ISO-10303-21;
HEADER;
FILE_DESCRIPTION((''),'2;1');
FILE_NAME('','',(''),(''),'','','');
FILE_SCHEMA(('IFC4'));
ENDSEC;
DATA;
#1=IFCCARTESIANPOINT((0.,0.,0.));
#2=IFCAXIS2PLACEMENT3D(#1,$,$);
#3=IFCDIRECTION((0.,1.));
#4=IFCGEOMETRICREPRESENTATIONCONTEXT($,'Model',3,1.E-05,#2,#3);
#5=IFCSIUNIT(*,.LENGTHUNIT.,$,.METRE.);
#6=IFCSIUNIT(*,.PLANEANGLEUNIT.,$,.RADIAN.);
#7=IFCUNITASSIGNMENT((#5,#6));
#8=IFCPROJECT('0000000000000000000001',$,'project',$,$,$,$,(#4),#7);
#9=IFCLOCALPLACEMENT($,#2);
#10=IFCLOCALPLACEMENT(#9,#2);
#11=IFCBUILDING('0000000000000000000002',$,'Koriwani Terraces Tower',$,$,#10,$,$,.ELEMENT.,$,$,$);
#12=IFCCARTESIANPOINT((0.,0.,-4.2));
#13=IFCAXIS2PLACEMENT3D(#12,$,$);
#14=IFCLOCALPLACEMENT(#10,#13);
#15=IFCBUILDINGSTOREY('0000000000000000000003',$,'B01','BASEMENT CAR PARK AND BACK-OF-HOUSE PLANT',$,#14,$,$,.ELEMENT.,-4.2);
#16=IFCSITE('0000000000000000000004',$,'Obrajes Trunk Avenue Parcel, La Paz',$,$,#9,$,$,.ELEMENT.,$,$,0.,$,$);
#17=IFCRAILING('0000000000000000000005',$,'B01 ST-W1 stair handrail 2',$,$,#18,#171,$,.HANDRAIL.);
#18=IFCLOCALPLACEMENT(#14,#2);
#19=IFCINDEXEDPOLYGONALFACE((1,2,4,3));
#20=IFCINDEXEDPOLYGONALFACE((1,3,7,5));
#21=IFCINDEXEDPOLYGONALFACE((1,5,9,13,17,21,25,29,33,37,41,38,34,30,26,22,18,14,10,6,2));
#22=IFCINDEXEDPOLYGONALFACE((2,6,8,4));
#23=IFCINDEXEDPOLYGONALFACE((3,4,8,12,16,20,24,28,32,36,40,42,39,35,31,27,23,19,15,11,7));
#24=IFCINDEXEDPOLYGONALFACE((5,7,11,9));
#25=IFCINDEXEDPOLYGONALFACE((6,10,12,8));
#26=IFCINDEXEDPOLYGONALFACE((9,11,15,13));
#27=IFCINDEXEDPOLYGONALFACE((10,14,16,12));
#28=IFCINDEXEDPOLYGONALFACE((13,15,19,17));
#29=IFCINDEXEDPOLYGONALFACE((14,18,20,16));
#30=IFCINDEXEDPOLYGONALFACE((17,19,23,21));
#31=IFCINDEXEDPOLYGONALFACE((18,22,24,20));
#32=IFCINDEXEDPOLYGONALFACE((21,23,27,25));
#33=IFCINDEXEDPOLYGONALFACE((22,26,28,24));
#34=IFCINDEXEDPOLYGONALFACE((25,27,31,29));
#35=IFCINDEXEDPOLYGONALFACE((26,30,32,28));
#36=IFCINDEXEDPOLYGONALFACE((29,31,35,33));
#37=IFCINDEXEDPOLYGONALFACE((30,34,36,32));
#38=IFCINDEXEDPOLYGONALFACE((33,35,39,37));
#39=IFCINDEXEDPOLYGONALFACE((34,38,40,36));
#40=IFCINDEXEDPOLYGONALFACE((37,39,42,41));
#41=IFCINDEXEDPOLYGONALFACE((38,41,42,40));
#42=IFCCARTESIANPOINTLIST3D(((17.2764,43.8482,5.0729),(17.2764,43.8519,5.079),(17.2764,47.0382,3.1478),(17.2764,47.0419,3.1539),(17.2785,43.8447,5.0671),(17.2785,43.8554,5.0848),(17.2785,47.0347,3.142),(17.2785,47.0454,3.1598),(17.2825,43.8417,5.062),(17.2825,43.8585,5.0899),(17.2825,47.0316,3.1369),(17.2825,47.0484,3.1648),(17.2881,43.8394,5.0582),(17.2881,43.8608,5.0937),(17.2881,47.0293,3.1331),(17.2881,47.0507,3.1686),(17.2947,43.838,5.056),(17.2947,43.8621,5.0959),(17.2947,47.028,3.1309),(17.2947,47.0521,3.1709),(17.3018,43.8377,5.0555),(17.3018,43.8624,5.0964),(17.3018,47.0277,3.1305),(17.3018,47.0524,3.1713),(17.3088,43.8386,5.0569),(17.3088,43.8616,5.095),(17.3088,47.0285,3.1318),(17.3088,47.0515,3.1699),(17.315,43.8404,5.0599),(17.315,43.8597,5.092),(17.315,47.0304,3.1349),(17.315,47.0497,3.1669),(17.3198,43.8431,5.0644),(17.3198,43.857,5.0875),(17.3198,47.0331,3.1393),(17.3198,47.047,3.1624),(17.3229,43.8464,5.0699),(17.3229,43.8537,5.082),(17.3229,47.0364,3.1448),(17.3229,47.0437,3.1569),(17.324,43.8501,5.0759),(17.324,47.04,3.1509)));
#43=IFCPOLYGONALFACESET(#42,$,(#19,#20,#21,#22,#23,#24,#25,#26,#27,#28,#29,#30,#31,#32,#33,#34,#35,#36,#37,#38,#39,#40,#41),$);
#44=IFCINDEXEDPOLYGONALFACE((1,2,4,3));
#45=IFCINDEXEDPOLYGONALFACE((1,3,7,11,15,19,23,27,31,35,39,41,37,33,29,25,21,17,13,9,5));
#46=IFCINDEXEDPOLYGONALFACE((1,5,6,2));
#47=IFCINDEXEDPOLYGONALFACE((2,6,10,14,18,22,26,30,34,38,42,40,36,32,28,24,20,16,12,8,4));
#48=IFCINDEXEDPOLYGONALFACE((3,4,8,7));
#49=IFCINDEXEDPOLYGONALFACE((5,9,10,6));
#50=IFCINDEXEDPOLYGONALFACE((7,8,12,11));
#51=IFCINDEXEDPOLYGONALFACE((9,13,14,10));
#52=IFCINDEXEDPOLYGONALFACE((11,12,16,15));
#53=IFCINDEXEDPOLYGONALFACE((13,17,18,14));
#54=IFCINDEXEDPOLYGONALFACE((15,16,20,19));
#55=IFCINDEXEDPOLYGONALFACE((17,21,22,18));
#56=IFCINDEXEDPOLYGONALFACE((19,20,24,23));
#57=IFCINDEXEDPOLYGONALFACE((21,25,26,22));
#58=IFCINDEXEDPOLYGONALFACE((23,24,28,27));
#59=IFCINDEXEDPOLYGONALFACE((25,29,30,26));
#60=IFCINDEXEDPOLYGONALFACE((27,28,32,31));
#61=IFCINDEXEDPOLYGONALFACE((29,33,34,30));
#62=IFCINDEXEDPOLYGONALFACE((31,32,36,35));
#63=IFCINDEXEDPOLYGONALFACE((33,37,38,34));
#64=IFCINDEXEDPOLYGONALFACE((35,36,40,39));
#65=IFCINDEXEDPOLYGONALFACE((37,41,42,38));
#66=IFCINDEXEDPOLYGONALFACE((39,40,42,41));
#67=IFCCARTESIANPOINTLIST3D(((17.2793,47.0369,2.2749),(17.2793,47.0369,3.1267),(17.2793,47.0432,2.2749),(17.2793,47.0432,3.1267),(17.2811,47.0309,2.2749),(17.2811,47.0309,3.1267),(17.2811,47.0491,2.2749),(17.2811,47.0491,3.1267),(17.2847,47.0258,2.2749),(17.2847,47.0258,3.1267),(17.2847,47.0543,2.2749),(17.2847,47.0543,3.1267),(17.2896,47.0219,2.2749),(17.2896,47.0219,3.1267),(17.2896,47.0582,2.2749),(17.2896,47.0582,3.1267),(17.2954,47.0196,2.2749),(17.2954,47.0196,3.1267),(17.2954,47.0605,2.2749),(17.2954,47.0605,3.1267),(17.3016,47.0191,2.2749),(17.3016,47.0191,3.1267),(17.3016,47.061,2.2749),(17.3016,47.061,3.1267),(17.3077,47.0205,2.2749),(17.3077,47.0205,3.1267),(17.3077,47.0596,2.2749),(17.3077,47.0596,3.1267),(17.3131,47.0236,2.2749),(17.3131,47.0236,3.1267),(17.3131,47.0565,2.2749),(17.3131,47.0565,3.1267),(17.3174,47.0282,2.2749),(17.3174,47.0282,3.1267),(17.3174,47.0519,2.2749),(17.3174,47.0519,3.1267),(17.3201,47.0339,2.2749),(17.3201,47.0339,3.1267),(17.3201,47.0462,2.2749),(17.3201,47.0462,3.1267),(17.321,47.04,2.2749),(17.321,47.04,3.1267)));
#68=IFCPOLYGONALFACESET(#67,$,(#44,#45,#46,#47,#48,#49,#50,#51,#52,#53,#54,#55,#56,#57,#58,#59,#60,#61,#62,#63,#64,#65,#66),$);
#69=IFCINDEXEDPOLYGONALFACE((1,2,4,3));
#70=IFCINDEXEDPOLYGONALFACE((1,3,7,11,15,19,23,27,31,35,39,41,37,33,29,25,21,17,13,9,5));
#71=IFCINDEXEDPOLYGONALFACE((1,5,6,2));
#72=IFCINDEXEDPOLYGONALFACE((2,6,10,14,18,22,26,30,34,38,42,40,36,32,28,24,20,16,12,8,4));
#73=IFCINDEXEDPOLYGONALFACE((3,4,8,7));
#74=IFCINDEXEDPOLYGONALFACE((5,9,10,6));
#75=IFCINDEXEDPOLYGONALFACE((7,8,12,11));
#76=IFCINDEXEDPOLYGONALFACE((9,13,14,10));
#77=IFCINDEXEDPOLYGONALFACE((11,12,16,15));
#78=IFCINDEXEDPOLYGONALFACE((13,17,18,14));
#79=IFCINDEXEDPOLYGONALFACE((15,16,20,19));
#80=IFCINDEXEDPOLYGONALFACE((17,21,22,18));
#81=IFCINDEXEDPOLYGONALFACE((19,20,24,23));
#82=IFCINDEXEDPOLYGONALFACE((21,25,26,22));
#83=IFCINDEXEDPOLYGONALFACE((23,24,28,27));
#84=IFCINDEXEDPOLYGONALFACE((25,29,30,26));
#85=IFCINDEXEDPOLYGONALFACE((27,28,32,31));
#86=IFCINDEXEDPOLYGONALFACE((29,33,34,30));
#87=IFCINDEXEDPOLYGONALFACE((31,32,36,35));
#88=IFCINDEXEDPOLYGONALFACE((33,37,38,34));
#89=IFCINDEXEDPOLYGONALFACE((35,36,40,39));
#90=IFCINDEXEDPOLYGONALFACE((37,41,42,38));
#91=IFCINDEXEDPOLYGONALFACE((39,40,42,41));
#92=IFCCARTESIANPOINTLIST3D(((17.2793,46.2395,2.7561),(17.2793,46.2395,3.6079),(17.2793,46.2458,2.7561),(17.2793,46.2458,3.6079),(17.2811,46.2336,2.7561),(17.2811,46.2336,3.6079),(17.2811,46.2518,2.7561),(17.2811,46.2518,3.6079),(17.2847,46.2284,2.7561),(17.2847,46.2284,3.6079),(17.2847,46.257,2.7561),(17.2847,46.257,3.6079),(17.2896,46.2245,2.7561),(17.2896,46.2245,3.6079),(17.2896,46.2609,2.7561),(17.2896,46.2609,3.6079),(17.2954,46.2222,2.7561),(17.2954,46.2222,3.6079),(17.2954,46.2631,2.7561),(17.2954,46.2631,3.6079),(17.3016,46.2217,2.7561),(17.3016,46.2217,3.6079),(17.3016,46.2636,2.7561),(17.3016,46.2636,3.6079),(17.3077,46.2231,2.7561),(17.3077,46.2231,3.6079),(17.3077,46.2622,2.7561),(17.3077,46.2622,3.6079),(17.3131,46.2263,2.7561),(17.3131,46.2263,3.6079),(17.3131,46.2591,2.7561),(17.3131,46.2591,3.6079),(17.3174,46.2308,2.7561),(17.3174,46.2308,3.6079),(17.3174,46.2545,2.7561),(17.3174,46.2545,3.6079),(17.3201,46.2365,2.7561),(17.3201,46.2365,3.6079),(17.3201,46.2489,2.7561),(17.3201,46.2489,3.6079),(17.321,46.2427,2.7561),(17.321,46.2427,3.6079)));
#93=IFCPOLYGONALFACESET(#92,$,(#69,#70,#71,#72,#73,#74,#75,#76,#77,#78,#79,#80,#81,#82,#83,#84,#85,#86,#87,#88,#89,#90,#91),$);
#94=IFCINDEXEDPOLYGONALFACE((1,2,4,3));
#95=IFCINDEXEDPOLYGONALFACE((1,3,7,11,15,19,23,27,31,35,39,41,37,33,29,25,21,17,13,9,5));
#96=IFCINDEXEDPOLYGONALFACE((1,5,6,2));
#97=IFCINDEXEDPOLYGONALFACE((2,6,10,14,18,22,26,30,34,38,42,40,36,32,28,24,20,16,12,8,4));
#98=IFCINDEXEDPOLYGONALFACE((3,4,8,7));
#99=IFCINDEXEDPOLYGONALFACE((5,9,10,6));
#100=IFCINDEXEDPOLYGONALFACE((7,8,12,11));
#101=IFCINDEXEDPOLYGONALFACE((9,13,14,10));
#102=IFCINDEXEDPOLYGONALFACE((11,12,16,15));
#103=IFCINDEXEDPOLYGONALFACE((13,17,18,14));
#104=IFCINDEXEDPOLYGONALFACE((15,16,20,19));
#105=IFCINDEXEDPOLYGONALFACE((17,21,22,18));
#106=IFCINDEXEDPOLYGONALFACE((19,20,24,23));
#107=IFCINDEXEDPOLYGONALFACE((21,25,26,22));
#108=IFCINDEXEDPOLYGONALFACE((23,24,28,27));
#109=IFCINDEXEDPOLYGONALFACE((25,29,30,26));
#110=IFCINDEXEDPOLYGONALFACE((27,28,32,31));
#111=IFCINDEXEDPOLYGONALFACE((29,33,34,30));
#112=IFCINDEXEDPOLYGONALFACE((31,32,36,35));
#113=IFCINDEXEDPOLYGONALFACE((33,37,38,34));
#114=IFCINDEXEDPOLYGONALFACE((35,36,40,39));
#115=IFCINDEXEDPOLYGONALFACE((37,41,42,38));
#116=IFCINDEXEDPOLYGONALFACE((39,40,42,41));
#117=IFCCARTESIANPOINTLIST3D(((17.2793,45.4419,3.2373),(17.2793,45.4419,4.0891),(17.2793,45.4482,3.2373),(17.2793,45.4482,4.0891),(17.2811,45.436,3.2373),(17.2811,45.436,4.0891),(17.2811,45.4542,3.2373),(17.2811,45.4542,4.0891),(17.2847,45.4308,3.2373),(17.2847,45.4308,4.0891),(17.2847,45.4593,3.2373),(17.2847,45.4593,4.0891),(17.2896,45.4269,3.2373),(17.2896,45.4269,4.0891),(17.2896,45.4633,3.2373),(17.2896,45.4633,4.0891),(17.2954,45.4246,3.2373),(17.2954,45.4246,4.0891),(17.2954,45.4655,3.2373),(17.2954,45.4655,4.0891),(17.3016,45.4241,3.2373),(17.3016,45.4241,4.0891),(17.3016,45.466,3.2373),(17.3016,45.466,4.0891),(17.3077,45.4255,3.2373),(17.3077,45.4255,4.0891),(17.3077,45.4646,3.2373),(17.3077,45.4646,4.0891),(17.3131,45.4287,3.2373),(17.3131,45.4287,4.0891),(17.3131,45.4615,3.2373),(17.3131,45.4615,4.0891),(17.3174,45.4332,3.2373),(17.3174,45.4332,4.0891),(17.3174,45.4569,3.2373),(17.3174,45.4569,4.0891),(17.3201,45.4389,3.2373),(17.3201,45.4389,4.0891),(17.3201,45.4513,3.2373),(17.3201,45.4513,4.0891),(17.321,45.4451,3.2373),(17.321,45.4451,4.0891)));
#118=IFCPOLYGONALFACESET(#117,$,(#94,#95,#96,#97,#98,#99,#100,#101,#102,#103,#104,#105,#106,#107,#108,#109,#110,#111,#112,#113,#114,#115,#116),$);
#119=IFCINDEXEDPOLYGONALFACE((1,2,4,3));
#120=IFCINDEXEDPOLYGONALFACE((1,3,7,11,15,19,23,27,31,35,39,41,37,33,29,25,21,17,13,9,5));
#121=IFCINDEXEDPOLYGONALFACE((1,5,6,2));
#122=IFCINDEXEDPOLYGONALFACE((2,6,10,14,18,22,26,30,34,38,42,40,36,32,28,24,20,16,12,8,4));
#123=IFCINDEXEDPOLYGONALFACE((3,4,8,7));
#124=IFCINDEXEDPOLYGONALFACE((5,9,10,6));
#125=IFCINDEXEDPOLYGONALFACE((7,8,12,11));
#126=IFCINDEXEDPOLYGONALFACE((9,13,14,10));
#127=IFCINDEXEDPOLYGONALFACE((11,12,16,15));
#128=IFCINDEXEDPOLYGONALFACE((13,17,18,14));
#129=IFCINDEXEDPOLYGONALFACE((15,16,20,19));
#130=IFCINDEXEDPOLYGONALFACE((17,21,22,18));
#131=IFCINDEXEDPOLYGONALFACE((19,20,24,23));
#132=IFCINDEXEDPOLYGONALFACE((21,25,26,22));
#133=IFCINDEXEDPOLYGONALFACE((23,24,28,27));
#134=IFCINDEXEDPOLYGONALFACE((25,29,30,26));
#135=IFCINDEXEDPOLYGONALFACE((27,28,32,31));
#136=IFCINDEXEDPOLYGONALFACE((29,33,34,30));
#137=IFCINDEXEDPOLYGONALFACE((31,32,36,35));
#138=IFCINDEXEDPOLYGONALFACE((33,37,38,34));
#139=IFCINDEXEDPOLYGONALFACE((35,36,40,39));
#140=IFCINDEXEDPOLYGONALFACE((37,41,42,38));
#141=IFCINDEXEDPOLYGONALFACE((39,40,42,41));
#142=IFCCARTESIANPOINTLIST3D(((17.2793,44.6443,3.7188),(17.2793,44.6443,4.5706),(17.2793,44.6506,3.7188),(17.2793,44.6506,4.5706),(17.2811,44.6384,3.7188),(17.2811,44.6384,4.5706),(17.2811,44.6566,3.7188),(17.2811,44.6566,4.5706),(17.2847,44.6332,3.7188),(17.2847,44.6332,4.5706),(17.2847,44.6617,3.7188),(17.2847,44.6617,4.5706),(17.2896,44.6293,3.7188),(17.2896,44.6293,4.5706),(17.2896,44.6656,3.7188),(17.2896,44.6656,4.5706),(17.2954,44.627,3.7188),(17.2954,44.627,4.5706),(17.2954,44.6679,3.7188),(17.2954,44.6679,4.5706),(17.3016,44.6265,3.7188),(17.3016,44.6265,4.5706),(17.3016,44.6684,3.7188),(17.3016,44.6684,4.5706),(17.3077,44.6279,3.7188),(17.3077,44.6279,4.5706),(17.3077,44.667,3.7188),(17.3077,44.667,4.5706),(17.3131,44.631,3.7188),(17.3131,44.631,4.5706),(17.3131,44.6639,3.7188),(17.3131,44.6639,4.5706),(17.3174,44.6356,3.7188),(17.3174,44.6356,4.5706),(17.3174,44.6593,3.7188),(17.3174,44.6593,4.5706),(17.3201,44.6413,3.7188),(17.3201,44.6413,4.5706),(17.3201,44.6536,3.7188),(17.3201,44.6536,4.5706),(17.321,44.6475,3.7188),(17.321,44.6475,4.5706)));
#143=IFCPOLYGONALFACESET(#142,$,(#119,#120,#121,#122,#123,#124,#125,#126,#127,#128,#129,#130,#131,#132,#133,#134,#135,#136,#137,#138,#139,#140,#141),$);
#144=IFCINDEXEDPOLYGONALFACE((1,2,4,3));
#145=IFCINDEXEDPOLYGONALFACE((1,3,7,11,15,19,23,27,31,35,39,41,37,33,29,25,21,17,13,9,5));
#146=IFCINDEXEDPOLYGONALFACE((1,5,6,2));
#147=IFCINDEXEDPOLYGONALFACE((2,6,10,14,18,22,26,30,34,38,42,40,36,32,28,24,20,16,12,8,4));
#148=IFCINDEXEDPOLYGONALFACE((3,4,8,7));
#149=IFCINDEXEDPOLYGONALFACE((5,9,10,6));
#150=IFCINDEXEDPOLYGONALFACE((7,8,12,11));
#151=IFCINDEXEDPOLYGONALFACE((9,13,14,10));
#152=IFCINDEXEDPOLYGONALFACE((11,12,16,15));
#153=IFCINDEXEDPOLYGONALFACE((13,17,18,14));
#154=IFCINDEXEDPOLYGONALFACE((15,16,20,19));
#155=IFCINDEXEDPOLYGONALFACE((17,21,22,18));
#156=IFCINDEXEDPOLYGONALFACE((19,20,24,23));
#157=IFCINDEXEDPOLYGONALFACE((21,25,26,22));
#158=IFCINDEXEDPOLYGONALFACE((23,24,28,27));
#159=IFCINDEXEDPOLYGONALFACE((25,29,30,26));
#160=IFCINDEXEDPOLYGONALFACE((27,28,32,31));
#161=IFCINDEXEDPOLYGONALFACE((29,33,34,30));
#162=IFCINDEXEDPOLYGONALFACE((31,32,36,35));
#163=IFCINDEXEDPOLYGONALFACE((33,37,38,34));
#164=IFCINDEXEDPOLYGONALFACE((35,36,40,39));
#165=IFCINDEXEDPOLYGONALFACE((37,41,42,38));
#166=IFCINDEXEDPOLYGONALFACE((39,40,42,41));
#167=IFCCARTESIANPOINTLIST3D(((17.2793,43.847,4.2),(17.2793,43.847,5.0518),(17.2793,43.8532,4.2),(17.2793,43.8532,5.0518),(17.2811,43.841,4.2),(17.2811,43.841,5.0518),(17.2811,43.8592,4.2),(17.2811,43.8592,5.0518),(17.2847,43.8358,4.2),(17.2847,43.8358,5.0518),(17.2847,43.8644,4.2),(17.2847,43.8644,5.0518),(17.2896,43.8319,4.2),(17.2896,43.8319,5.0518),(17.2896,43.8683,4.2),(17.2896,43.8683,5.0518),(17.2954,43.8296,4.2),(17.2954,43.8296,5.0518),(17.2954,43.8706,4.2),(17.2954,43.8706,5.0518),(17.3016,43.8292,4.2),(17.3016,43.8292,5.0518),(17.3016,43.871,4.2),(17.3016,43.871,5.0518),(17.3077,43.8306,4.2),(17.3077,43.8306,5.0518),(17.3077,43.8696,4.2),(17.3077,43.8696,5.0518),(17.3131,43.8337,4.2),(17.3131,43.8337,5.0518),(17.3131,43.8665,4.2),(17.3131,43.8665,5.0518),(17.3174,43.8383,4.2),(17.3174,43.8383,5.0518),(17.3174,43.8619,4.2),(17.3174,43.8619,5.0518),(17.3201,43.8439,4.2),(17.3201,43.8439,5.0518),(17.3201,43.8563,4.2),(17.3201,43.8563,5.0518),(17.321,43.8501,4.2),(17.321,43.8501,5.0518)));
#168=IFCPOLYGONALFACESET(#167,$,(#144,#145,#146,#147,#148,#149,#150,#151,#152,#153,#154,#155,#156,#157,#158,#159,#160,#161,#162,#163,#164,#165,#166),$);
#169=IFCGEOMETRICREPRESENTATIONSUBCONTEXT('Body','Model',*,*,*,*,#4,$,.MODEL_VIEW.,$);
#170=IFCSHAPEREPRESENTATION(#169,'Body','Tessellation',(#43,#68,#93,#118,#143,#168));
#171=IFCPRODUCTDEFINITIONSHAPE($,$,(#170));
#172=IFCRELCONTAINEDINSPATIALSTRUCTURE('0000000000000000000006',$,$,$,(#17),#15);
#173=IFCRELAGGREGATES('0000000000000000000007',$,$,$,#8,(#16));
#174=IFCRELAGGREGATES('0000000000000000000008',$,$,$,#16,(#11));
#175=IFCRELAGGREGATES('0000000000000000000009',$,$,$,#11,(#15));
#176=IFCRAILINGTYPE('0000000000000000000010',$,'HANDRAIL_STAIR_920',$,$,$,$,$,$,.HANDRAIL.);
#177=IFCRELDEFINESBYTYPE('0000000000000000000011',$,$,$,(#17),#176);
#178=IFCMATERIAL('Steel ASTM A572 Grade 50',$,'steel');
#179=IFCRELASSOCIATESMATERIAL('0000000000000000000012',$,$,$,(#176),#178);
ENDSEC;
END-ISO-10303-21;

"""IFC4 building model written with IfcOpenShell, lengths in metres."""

from ifc_helpers import new_model, si_unit, direction, frame, origin, origin_2d, place, context, subcontext, project, spatial, circle, extrude, material, type_object, element, save


model = new_model("IFC4")

# Units and contexts
model_context = context("Model", 3, precision=1e-05, world=origin(), true_north=direction((0.0, 1.0)))
body_context = subcontext(model_context, "Body", "Model", "MODEL_VIEW")
ifc_project = project(units=[si_unit("LENGTHUNIT", "METRE"), si_unit("PLANEANGLEUNIT", "RADIAN")], contexts=[model_context])

# Site, building, storey
site_placement = place(None, origin())
site = spatial("IfcSite", under=ifc_project, at=site_placement, Name="Obrajes Trunk Avenue Parcel, La Paz", CompositionType="ELEMENT", RefElevation=0.0)
building_placement = place(site_placement, origin())
building = spatial("IfcBuilding", under=site, at=building_placement, Name="Koriwani Terraces Tower", CompositionType="ELEMENT")
storey_placement = place(building_placement, frame((0.0, 0.0, -4.2)))
storey = spatial("IfcBuildingStorey", under=building, at=storey_placement, Name="B01", Description="BASEMENT CAR PARK AND BACK-OF-HOUSE PLANT", CompositionType="ELEMENT", Elevation=-4.2)

# Shared definitions
ifc_material_1 = material(Name="Steel ASTM A572 Grade 50", Category="steel")

# Railing
railing_type_1 = type_object("IfcRailingType", Name="HANDRAIL_STAIR_920", PredefinedType="HANDRAIL", material=ifc_material_1)
railing_1_placement = place(storey_placement, frame((17.3, 47.04, 2.2749)))
element("IfcRailing", 1, at=railing_1_placement, inside=storey, type_object=railing_type_1, Name="B01 ST-W1 stair handrail 2", PredefinedType="HANDRAIL", context=body_context, shape_type="SweptSolid", body=[
    extrude(circle(Radius=0.0239, at=origin_2d()), frame((0.0, 0.0, 0.876), z_axis=(0.0, -0.856178, 0.516682), x_axis=(1.0, 0.0, 0.0)), (0.0, 0.0, 1.0), 3.7258),
    extrude(circle(Radius=0.021, at=origin_2d()), origin(), (0.0, 0.0, 1.0), 0.8518),
    extrude(circle(Radius=0.021, at=origin_2d()), frame((0.0, -0.7974, 0.4812)), (0.0, 0.0, 1.0), 0.8518),
    extrude(circle(Radius=0.021, at=origin_2d()), frame((0.0, -1.595, 0.9624)), (0.0, 0.0, 1.0), 0.8518),
    extrude(circle(Radius=0.021, at=origin_2d()), frame((0.0, -2.3926, 1.4438)), (0.0, 0.0, 1.0), 0.8518),
    extrude(circle(Radius=0.021, at=origin_2d()), frame((0.0, -3.1899, 1.925)), (0.0, 0.0, 1.0), 0.8518),
])

save(model, "model.ifc")
